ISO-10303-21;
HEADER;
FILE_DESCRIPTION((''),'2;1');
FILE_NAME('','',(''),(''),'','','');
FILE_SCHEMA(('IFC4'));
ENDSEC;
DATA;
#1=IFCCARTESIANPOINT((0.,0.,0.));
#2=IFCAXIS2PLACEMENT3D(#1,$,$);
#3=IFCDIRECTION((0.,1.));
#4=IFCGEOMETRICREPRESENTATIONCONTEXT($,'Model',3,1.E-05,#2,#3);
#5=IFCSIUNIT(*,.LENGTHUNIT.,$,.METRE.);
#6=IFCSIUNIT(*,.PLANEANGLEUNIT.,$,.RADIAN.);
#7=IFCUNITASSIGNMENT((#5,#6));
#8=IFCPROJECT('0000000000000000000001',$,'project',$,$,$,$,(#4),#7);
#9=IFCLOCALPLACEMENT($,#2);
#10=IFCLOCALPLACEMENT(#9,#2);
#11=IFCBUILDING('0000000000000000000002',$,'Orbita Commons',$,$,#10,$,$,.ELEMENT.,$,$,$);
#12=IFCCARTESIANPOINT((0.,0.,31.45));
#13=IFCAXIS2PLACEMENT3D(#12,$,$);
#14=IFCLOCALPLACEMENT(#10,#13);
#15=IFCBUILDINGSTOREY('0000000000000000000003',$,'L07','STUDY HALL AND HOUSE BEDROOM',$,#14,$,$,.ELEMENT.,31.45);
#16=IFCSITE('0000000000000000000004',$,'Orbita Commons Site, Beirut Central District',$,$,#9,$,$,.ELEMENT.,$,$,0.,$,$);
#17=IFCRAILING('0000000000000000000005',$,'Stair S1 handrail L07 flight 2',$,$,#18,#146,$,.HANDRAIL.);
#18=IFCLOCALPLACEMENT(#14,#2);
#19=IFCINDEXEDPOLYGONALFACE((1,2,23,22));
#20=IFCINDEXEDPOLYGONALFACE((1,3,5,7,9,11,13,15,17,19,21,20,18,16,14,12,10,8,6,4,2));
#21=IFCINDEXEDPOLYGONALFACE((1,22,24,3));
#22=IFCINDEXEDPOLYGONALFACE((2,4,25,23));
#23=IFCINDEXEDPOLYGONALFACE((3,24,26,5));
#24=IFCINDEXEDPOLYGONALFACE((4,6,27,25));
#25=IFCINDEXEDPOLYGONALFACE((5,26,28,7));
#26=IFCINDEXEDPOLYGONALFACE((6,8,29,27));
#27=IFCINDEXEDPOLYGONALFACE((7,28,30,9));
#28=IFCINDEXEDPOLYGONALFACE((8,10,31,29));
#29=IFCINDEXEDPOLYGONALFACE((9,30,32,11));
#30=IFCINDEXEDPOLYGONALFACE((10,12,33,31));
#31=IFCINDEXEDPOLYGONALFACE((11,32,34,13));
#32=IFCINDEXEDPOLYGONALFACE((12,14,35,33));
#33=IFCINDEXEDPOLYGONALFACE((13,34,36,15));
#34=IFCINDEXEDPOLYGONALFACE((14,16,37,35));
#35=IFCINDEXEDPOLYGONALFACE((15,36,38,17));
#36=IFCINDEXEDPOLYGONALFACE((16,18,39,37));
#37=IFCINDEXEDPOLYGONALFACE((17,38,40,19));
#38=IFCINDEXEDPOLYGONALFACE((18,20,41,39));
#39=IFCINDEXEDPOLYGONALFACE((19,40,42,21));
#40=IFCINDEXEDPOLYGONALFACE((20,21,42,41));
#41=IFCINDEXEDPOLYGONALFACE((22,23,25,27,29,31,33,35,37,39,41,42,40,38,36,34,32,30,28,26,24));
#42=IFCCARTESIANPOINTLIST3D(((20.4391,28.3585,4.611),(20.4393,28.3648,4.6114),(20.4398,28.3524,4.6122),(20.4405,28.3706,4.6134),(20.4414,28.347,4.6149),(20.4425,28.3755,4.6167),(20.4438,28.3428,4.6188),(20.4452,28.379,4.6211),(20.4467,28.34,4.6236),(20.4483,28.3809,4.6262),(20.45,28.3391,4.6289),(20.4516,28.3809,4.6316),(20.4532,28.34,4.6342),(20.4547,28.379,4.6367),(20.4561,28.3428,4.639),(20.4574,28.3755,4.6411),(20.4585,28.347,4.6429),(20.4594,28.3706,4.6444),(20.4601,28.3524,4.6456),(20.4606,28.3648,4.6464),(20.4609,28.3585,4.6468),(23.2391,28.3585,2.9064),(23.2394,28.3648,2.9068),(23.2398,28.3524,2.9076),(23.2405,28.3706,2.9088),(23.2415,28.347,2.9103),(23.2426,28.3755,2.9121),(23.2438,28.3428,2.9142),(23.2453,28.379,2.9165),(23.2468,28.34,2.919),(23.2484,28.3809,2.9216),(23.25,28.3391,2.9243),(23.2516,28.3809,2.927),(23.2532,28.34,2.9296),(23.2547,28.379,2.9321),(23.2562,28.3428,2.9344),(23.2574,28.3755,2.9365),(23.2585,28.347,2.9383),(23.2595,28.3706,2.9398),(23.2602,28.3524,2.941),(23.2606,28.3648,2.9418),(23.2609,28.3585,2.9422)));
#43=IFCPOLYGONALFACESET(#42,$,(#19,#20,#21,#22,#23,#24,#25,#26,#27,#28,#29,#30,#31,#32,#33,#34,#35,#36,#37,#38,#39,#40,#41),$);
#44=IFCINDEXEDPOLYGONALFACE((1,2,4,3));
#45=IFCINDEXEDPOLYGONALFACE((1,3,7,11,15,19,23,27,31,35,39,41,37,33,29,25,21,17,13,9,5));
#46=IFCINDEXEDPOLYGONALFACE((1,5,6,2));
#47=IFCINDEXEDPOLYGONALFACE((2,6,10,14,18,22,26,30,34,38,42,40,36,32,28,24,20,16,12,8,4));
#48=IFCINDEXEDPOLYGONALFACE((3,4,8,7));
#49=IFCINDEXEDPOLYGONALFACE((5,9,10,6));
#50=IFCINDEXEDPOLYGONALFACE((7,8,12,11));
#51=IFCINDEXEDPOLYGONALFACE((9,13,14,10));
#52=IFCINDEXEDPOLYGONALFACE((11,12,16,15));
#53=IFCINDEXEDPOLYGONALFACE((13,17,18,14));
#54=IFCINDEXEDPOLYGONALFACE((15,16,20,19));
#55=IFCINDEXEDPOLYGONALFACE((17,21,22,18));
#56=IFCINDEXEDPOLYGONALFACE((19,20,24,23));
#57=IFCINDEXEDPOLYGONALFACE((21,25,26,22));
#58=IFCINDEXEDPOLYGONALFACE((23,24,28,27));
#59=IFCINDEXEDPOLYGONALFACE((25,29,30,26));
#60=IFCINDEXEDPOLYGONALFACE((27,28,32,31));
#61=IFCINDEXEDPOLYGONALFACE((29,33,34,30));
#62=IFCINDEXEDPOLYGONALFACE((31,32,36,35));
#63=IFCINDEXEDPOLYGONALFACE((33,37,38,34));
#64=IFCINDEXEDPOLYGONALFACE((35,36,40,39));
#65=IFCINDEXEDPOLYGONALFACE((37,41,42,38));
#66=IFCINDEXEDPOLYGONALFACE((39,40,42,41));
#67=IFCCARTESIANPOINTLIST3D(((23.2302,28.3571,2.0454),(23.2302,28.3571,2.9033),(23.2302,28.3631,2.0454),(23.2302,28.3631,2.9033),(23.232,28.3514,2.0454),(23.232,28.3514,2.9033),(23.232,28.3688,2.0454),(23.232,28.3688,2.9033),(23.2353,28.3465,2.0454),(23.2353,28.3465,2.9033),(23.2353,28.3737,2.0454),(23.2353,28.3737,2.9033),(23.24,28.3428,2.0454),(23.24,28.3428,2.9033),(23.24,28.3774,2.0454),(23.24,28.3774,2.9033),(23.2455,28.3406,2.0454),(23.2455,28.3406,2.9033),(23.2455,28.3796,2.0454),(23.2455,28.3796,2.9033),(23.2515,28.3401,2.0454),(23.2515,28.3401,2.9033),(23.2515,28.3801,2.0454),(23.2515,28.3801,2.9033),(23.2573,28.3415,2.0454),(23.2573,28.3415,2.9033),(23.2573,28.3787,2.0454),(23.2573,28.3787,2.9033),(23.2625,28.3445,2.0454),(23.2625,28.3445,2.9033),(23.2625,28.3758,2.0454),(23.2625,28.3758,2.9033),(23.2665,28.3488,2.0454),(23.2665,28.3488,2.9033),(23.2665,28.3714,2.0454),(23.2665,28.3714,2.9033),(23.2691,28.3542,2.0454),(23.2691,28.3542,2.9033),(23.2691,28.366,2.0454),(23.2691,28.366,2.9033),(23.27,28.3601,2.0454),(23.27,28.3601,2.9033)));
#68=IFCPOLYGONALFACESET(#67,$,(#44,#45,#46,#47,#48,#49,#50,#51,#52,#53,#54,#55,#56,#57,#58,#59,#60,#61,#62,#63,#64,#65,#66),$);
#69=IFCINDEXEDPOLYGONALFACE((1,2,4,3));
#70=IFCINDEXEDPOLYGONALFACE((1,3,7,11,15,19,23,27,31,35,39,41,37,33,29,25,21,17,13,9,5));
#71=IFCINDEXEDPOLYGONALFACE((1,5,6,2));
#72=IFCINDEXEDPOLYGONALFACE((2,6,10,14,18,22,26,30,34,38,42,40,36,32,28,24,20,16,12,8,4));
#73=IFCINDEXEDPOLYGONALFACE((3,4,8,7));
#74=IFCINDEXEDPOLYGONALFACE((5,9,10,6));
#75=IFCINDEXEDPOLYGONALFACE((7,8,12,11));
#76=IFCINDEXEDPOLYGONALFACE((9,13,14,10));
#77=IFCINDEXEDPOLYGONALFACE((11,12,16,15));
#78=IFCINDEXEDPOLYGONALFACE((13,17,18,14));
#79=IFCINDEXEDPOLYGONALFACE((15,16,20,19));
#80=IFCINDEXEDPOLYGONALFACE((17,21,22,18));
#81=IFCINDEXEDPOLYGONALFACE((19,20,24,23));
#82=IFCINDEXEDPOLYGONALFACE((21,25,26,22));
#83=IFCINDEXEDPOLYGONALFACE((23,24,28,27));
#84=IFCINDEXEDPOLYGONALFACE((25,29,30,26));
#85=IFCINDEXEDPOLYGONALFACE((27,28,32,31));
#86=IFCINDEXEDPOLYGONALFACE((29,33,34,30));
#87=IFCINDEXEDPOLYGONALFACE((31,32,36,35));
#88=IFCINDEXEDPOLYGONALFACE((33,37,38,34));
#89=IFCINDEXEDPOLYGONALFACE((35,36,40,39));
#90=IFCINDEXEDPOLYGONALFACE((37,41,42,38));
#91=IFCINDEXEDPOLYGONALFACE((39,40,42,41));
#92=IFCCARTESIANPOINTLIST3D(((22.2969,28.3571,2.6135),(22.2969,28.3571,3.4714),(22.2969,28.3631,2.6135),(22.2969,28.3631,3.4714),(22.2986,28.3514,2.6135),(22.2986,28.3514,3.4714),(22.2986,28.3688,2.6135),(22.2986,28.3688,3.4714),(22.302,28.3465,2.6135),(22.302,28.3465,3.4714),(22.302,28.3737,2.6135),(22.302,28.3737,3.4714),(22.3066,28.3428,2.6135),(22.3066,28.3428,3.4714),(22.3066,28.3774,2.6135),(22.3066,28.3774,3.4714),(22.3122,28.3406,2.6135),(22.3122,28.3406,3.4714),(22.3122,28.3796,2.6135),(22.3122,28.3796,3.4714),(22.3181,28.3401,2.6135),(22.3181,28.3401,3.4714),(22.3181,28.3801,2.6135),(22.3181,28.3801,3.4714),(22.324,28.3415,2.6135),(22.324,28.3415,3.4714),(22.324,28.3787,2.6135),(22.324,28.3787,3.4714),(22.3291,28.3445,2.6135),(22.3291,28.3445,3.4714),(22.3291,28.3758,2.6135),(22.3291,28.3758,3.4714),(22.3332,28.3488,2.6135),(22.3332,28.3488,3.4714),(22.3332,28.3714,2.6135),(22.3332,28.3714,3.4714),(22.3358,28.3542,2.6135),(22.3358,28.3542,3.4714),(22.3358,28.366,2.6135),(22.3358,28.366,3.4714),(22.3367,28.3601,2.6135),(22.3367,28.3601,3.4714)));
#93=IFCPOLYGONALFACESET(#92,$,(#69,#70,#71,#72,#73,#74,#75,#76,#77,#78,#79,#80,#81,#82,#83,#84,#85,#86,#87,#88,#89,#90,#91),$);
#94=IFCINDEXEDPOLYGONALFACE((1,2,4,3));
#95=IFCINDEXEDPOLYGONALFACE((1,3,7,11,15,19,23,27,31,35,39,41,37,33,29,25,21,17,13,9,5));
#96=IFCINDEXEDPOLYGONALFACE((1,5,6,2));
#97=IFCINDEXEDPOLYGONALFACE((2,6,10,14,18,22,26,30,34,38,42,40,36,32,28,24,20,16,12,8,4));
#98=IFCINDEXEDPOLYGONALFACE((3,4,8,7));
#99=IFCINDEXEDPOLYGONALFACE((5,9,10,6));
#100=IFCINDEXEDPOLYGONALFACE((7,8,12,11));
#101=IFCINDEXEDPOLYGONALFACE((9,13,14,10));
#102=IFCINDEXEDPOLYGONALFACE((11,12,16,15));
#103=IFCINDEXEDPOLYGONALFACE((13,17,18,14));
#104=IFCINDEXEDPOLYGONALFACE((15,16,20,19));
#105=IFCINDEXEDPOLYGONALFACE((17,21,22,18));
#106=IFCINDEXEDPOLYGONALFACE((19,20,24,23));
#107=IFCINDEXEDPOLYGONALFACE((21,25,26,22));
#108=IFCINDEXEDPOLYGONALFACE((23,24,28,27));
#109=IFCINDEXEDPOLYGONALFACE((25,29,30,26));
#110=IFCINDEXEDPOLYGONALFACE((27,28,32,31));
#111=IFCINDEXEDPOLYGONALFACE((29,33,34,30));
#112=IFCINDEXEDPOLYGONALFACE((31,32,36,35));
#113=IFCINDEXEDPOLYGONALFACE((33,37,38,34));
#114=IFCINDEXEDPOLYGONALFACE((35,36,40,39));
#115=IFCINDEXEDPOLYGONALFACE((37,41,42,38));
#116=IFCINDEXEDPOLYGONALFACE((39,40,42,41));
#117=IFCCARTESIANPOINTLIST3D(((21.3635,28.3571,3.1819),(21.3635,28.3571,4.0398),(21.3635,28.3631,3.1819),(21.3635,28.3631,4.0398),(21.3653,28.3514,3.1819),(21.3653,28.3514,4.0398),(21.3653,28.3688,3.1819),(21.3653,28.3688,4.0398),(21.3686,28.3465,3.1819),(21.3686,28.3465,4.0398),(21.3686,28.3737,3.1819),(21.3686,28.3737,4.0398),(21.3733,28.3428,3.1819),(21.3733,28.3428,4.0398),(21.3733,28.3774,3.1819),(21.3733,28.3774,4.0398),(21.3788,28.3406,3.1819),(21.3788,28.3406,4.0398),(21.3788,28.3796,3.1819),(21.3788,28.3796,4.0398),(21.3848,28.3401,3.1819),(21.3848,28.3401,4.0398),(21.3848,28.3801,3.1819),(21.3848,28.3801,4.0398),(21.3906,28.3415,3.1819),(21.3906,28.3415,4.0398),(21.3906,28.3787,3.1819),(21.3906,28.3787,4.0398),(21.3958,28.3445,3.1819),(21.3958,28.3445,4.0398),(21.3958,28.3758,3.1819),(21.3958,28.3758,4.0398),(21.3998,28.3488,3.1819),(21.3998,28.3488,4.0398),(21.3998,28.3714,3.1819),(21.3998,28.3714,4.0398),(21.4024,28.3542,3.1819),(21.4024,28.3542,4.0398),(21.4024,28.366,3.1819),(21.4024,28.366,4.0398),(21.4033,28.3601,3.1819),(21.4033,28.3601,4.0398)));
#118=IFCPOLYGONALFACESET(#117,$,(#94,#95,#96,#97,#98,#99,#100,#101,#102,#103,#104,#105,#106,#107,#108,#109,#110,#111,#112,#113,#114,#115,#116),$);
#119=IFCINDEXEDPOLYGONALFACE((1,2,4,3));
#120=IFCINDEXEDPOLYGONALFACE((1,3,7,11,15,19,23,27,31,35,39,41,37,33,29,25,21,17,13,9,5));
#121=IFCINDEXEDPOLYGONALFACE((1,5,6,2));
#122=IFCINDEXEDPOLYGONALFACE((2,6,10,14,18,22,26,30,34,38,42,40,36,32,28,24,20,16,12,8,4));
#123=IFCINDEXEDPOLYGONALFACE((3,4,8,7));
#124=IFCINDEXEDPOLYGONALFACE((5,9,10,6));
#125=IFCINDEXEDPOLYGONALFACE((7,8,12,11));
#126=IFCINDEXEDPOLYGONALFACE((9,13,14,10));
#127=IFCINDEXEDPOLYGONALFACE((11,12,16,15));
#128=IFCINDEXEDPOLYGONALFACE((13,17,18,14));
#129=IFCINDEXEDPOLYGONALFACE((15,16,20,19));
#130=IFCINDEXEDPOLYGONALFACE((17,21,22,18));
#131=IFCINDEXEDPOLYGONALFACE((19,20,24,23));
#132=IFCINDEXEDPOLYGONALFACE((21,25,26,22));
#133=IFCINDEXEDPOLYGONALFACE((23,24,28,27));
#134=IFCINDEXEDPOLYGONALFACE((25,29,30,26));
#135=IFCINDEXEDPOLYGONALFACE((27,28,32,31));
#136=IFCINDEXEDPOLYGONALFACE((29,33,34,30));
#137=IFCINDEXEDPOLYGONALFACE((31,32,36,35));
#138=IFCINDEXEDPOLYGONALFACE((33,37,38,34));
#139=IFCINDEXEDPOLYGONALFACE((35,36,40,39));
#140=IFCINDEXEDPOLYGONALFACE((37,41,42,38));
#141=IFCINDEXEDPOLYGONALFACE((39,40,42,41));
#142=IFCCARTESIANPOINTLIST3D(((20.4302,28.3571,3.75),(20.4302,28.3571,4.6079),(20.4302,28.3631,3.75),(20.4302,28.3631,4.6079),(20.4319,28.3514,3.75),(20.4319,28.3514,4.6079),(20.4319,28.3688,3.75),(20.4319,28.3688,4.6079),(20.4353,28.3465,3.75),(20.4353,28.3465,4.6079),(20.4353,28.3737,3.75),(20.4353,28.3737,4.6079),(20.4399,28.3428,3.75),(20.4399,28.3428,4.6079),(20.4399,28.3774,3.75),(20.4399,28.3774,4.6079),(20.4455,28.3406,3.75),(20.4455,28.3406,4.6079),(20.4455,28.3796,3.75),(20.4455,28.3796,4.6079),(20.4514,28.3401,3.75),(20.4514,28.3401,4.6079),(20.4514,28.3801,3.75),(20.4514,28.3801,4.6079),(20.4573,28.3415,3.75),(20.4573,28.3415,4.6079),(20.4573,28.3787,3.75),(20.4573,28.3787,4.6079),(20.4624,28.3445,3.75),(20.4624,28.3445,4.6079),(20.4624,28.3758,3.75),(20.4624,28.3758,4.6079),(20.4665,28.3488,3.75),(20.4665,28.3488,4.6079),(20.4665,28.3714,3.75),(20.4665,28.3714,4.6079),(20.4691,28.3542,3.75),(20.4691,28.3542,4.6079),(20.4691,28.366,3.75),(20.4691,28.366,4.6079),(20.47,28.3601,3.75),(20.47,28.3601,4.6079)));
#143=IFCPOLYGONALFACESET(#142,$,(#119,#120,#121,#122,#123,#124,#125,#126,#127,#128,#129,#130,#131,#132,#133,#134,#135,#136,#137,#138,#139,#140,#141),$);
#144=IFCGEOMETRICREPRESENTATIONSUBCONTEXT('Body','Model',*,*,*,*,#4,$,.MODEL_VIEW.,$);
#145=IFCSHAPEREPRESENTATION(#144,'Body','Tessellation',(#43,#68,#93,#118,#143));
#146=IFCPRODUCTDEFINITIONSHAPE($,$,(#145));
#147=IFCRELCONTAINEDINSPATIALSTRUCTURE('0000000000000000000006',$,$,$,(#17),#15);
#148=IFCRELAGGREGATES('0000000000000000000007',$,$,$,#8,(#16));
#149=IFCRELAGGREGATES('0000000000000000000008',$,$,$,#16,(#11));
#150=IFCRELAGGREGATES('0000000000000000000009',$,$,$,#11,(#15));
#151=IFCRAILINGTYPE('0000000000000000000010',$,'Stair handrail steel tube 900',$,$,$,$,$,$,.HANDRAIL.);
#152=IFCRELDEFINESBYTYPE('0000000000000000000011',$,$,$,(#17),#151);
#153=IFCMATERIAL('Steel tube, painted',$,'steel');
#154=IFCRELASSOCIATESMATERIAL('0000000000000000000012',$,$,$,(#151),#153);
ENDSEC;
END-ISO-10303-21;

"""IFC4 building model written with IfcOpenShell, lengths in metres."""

from ifc_helpers import new_model, si_unit, direction, frame, origin, origin_2d, place, context, subcontext, project, spatial, circle, extrude, material, type_object, element, save


model = new_model("IFC4")

# Units and contexts
model_context = context("Model", 3, precision=1e-05, world=origin(), true_north=direction((0.0, 1.0)))
body_context = subcontext(model_context, "Body", "Model", "MODEL_VIEW")
ifc_project = project(units=[si_unit("LENGTHUNIT", "METRE"), si_unit("PLANEANGLEUNIT", "RADIAN")], contexts=[model_context])

# Site, building, storey
site_placement = place(None, origin())
site = spatial("IfcSite", under=ifc_project, at=site_placement, Name="Orbita Commons Site, Beirut Central District", CompositionType="ELEMENT", RefElevation=0.0)
building_placement = place(site_placement, origin())
building = spatial("IfcBuilding", under=site, at=building_placement, Name="Orbita Commons", CompositionType="ELEMENT")
storey_placement = place(building_placement, frame((0.0, 0.0, 31.45)))
storey = spatial("IfcBuildingStorey", under=building, at=storey_placement, Name="L07", Description="STUDY HALL AND HOUSE BEDROOM", CompositionType="ELEMENT", Elevation=31.45)

# Railing
ifc_material_1 = material(Name="Steel tube, painted", Category="steel")
railing_type = type_object("IfcRailingType", Name="Stair handrail steel tube 900", PredefinedType="HANDRAIL", material=ifc_material_1)
for number, where, name in (
    (1, (23.25, 28.3601, 2.0454), "Stair S1 handrail L07 flight 2"),
):
    element("IfcRailing", number, at=place(storey_placement, frame(where)), inside=storey, type_object=railing_type, Name=name, PredefinedType="HANDRAIL", context=body_context, shape_type="SweptSolid", body=[
        extrude(circle(Radius=0.021, at=origin_2d()), frame((0.0, 0.0, 0.8789), z_axis=(-0.85417, 0.0, 0.519994), x_axis=(0.0, -1.0, 0.0)), (0.0, 0.0, 1.0), 3.2781),
        extrude(circle(Radius=0.02, at=origin_2d()), origin(), (0.0, 0.0, 1.0), 0.8579),
        extrude(circle(Radius=0.02, at=origin_2d()), frame((-0.9333, 0.0, 0.5681)), (0.0, 0.0, 1.0), 0.8579),
        extrude(circle(Radius=0.02, at=origin_2d()), frame((-1.8667, 0.0, 1.1365)), (0.0, 0.0, 1.0), 0.8579),
        extrude(circle(Radius=0.02, at=origin_2d()), frame((-2.8, 0.0, 1.7046)), (0.0, 0.0, 1.0), 0.8579),
    ])

save(model, "model.ifc")
